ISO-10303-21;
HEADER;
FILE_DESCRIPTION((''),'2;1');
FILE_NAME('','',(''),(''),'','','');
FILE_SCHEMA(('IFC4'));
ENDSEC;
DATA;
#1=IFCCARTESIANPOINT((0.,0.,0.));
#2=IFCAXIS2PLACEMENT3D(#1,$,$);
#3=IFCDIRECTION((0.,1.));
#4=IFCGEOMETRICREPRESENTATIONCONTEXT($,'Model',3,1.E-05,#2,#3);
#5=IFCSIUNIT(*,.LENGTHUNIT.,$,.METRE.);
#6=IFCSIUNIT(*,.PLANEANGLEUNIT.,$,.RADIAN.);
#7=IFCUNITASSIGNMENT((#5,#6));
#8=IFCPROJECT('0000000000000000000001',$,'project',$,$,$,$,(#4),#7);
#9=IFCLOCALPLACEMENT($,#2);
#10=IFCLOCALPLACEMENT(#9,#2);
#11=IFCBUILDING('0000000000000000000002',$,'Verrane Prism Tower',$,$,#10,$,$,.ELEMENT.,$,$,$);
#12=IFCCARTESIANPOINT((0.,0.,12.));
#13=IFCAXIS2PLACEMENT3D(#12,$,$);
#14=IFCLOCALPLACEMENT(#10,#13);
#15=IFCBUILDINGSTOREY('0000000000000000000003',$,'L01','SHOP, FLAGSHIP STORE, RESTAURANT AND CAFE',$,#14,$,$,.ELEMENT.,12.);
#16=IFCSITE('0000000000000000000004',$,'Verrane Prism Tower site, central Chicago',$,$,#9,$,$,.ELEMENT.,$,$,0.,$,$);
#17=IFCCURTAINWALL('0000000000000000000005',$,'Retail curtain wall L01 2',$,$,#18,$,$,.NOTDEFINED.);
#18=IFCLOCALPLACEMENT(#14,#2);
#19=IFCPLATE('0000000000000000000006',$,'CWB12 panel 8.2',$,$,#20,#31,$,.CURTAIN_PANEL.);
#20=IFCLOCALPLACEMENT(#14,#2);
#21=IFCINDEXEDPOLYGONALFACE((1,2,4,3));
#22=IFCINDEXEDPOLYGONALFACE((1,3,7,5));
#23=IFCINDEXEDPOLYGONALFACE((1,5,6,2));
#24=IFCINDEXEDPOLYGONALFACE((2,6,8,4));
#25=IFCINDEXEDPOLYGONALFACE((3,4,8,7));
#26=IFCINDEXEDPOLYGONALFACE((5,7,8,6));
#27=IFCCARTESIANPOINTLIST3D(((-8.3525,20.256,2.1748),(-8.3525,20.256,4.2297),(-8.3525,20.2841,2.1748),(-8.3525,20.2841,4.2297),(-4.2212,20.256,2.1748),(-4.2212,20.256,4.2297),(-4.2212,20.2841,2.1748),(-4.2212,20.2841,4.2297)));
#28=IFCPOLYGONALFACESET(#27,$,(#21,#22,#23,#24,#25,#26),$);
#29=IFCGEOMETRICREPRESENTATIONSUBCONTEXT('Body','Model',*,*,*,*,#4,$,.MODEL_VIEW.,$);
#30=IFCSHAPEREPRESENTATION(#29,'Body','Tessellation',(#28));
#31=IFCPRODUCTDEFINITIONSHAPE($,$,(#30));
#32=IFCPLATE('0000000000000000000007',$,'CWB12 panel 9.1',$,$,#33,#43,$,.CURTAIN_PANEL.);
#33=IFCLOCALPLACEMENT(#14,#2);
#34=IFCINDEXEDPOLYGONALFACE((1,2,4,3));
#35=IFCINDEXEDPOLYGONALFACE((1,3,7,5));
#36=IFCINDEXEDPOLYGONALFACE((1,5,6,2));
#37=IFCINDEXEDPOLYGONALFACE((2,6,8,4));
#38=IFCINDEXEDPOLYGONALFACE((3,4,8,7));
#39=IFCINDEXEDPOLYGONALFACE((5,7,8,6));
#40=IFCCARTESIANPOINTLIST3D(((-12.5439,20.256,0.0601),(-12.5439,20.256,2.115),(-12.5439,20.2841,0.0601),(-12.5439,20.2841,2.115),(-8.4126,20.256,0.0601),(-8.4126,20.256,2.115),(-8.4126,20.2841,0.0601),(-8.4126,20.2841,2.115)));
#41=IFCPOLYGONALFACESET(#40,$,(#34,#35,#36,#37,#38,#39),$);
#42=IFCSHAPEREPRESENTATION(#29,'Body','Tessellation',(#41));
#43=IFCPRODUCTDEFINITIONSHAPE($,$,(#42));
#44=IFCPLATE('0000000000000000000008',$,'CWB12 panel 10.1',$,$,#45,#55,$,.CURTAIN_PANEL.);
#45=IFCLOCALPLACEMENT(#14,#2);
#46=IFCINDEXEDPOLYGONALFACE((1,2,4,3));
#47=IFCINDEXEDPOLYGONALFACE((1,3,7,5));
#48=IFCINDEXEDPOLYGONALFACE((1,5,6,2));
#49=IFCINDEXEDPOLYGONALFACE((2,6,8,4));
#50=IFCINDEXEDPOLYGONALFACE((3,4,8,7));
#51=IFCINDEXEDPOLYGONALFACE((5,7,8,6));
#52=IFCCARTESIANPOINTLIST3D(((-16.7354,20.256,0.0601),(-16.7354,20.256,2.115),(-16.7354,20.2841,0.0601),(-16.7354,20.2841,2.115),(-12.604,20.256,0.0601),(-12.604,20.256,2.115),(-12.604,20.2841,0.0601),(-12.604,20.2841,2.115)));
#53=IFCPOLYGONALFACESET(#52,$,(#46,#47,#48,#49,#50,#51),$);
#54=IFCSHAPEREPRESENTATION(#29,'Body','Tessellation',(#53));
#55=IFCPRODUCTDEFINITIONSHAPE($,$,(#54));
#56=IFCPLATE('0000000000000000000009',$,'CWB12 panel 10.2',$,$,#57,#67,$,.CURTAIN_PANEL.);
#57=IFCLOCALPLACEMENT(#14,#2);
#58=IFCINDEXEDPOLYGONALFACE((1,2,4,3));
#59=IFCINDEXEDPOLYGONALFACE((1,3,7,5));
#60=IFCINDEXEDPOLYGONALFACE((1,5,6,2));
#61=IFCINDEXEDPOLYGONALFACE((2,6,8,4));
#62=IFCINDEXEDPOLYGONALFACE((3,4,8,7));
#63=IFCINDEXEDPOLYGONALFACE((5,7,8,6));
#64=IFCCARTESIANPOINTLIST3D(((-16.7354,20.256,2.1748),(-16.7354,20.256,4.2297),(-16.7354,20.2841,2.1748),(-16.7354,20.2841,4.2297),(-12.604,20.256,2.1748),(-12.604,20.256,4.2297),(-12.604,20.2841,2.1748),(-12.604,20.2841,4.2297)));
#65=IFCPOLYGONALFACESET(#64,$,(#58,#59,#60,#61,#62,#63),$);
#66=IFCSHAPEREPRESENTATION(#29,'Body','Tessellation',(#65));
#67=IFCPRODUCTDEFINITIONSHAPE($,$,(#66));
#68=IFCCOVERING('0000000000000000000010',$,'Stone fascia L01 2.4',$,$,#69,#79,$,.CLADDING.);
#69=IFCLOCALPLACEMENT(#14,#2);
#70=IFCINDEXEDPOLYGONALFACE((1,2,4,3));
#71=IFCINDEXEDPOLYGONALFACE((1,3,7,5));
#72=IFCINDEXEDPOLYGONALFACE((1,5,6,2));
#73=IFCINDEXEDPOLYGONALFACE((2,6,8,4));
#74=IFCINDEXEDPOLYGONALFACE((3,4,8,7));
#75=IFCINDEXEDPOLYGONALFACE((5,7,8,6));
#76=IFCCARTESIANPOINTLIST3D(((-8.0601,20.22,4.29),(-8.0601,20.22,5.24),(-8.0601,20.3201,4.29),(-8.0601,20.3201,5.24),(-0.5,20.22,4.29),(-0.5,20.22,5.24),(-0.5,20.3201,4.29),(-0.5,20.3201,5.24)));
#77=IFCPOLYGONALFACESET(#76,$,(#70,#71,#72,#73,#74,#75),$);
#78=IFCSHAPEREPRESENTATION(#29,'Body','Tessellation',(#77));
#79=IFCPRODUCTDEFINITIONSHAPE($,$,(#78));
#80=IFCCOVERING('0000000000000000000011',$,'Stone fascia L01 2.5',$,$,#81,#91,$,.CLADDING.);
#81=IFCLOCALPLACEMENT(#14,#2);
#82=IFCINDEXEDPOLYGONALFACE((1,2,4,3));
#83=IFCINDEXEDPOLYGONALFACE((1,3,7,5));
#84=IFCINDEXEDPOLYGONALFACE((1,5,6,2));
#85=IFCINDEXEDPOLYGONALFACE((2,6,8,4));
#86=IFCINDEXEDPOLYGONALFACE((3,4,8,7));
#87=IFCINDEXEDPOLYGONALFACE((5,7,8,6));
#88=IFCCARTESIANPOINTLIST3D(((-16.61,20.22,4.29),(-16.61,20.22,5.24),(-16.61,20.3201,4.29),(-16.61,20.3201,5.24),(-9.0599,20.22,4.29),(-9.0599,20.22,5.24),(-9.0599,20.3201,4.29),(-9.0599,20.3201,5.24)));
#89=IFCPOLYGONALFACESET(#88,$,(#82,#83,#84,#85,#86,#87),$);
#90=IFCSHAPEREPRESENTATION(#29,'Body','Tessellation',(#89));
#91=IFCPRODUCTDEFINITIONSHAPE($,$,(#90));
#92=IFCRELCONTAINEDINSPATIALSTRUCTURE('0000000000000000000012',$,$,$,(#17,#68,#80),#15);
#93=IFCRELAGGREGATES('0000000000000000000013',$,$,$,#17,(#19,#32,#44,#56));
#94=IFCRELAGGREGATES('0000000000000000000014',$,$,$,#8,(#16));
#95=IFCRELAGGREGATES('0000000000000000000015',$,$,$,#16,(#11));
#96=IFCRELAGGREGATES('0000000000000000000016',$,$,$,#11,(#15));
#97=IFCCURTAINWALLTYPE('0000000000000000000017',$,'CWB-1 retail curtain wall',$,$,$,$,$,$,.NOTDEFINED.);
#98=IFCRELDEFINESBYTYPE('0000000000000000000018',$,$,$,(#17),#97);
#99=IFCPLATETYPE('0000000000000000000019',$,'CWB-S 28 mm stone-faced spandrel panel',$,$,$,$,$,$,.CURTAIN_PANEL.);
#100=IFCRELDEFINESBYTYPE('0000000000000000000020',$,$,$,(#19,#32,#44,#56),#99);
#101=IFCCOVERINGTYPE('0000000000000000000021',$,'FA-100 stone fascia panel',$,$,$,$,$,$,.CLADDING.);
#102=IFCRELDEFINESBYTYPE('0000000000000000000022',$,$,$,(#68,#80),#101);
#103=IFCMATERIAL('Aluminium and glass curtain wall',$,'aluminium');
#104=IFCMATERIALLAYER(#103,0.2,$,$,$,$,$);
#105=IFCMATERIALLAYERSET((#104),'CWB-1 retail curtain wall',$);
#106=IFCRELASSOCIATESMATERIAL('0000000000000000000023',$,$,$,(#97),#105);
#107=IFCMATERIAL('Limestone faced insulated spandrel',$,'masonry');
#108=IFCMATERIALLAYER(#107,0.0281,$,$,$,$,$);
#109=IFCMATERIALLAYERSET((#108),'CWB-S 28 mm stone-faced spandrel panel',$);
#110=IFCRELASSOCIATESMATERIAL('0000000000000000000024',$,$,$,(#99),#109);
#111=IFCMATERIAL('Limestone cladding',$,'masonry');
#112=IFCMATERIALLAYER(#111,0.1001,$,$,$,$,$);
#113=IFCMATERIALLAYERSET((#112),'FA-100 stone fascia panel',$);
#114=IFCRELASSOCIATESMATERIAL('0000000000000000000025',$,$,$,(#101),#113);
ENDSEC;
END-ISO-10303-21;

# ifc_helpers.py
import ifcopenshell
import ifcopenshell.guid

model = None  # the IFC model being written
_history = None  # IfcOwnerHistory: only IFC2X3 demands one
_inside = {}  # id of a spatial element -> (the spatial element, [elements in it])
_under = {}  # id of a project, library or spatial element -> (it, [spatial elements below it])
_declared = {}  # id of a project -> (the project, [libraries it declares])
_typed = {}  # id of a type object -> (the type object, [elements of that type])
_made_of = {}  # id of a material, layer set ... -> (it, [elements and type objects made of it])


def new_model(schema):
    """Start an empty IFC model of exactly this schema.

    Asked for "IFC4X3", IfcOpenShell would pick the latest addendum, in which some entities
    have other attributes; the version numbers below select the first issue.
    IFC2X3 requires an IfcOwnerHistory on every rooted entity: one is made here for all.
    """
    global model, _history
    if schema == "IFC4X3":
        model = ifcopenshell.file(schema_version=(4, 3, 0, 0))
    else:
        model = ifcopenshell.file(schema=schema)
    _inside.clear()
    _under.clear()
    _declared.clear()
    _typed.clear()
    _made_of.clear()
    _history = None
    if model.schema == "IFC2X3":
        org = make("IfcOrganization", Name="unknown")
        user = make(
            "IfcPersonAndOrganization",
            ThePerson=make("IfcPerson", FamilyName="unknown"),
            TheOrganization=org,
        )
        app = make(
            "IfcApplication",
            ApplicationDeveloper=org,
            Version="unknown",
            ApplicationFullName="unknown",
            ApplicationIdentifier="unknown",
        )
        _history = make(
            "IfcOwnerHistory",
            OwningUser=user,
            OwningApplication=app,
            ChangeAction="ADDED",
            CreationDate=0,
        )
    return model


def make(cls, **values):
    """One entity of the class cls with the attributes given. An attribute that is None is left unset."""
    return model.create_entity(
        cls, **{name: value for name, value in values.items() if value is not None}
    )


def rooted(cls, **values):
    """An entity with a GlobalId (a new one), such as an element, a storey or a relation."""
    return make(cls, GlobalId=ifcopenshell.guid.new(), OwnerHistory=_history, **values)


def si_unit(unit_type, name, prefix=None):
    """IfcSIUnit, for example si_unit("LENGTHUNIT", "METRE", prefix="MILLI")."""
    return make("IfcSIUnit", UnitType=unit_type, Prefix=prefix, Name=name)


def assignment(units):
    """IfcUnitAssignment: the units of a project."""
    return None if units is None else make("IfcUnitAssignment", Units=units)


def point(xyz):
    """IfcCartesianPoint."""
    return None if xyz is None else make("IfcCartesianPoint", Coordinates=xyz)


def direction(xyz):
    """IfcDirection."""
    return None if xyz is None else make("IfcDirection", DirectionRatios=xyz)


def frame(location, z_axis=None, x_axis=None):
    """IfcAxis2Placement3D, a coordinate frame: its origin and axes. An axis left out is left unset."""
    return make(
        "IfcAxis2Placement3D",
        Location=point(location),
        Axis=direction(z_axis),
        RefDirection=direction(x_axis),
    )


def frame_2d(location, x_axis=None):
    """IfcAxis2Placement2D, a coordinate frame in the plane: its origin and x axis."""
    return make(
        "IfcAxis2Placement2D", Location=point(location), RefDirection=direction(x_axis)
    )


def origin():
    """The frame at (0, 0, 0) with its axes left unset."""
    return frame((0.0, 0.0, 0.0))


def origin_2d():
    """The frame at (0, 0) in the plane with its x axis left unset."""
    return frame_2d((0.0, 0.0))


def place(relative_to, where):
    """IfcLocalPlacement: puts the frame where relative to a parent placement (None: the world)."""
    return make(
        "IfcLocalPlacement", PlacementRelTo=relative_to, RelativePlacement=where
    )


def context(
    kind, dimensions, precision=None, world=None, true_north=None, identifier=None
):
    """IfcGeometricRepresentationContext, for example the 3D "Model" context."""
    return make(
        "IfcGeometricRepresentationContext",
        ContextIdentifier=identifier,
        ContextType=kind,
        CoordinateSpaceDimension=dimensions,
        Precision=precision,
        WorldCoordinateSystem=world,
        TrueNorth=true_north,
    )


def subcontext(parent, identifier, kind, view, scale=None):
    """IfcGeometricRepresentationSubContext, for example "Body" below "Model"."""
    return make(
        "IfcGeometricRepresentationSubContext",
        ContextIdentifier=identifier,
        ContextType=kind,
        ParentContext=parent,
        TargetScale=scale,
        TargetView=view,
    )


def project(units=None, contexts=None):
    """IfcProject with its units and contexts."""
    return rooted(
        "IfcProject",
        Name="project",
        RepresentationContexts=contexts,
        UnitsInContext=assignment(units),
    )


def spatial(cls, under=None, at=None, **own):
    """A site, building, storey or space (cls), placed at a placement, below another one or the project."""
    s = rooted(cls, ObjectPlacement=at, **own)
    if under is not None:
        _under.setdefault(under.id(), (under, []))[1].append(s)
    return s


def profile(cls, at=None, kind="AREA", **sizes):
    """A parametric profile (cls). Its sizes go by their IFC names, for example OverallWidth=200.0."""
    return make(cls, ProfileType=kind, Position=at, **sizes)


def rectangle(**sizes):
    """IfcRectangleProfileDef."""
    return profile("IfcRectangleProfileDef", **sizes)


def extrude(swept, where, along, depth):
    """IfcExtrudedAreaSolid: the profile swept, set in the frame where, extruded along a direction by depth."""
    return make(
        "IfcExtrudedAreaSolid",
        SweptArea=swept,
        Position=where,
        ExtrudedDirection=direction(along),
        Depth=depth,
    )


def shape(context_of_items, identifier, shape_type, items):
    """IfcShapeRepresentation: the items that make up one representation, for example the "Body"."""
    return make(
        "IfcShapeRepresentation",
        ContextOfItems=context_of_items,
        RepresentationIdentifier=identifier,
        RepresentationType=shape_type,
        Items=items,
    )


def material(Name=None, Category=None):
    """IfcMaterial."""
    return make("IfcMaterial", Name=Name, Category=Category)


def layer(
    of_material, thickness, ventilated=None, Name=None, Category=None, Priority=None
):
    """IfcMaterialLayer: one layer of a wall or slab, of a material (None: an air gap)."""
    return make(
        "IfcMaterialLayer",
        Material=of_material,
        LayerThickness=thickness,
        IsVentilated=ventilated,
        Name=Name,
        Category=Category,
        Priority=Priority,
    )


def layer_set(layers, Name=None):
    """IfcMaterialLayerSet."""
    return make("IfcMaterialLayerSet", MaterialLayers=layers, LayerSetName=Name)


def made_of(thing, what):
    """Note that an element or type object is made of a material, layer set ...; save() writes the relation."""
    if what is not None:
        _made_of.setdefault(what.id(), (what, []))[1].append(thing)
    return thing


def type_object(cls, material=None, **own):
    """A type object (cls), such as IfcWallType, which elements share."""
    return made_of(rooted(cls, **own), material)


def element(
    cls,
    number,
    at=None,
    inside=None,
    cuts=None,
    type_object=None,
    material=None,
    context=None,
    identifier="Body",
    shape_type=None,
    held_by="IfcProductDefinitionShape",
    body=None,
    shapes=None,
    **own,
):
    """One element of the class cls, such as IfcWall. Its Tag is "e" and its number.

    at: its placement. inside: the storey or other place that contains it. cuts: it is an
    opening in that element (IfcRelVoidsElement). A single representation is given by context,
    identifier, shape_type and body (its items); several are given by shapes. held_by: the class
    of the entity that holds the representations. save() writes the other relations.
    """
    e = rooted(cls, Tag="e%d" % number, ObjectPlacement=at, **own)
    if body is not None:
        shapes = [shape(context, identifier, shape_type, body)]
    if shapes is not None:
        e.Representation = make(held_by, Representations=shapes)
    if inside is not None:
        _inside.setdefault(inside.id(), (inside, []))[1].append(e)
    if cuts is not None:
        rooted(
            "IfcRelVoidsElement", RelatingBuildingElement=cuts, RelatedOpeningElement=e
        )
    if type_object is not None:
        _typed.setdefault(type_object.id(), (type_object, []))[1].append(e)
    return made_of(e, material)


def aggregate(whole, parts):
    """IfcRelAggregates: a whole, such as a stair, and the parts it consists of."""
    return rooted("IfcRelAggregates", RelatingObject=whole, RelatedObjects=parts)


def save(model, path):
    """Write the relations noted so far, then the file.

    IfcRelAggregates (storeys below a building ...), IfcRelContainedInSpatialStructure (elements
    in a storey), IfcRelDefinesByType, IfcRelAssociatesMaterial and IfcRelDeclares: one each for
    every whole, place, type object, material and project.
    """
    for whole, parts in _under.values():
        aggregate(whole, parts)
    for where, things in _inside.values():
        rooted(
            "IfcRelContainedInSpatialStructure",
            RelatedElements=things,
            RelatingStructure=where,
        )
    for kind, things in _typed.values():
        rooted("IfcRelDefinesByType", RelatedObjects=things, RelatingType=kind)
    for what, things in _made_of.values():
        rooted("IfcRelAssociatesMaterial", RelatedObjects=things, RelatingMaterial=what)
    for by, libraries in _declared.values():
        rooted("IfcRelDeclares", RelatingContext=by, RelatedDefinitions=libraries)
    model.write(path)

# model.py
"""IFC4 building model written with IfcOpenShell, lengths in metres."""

from ifc_helpers import new_model, si_unit, direction, frame, origin, origin_2d, place, context, subcontext, project, spatial, rectangle, extrude, material, layer, layer_set, type_object, element, aggregate, save


model = new_model("IFC4")

# Units and contexts
model_context = context("Model", 3, precision=1e-05, world=origin(), true_north=direction((0.0, 1.0)))
body_context = subcontext(model_context, "Body", "Model", "MODEL_VIEW")
ifc_project = project(units=[si_unit("LENGTHUNIT", "METRE"), si_unit("PLANEANGLEUNIT", "RADIAN")], contexts=[model_context])

# Site, building, storey
site_placement = place(None, origin())
site = spatial("IfcSite", under=ifc_project, at=site_placement, Name="Verrane Prism Tower site, central Chicago", CompositionType="ELEMENT", RefElevation=0.0)
building_placement = place(site_placement, origin())
building = spatial("IfcBuilding", under=site, at=building_placement, Name="Verrane Prism Tower", CompositionType="ELEMENT")
storey_placement = place(building_placement, frame((0.0, 0.0, 12.0)))
storey = spatial("IfcBuildingStorey", under=building, at=storey_placement, Name="L01", Description="SHOP, FLAGSHIP STORE, RESTAURANT AND CAFE", CompositionType="ELEMENT", Elevation=12.0)

# Curtain wall
ifc_material_1 = material(Name="Aluminium and glass curtain wall", Category="aluminium")
ifc_layer_1 = layer(ifc_material_1, 0.2)
ifc_layer_set_1 = layer_set([ifc_layer_1], Name="CWB-1 retail curtain wall")
curtain_wall_type = type_object("IfcCurtainWallType", Name="CWB-1 retail curtain wall", PredefinedType="NOTDEFINED", material=ifc_layer_set_1)
curtain_wall_placement = place(storey_placement, origin())
curtain_wall = element("IfcCurtainWall", 1, at=curtain_wall_placement, inside=storey, type_object=curtain_wall_type, Name="Retail curtain wall L01 2", PredefinedType="NOTDEFINED")

# Plates
ifc_material_2 = material(Name="Limestone faced insulated spandrel", Category="masonry")
ifc_layer_2 = layer(ifc_material_2, 0.0281)
ifc_layer_set_2 = layer_set([ifc_layer_2], Name="CWB-S 28 mm stone-faced spandrel panel")
plate_type_1 = type_object("IfcPlateType", Name="CWB-S 28 mm stone-faced spandrel panel", PredefinedType="CURTAIN_PANEL", material=ifc_layer_set_2)
plate_1_placement = place(storey_placement, frame((-6.2869, 20.27, 2.1748), z_axis=(0.0, 0.0, 1.0), x_axis=(-1.0, 0.0, 0.0)))
plate_1 = element("IfcPlate", 2, at=plate_1_placement, type_object=plate_type_1, Name="CWB12 panel 8.2", PredefinedType="CURTAIN_PANEL", context=body_context, shape_type="SweptSolid", body=[
    extrude(rectangle(XDim=4.1313, YDim=0.0281, at=origin_2d()), origin(), (0.0, 0.0, 1.0), 2.0549),
])
plate_2_placement = place(storey_placement, frame((-10.4783, 20.27, 0.0601), z_axis=(0.0, 0.0, 1.0), x_axis=(-1.0, 0.0, 0.0)))
plate_2 = element("IfcPlate", 3, at=plate_2_placement, type_object=plate_type_1, Name="CWB12 panel 9.1", PredefinedType="CURTAIN_PANEL", context=body_context, shape_type="SweptSolid", body=[
    extrude(rectangle(XDim=4.1313, YDim=0.0281, at=origin_2d()), origin(), (0.0, 0.0, 1.0), 2.0549),
])
plate_3_placement = place(storey_placement, frame((-14.6697, 20.27, 0.0601), z_axis=(0.0, 0.0, 1.0), x_axis=(-1.0, 0.0, 0.0)))
plate_3 = element("IfcPlate", 4, at=plate_3_placement, type_object=plate_type_1, Name="CWB12 panel 10.1", PredefinedType="CURTAIN_PANEL", context=body_context, shape_type="SweptSolid", body=[
    extrude(rectangle(XDim=4.1313, YDim=0.0281, at=origin_2d()), origin(), (0.0, 0.0, 1.0), 2.0549),
])
plate_4_placement = place(storey_placement, frame((-14.6697, 20.27, 2.1748), z_axis=(0.0, 0.0, 1.0), x_axis=(-1.0, 0.0, 0.0)))
plate_4 = element("IfcPlate", 5, at=plate_4_placement, type_object=plate_type_1, Name="CWB12 panel 10.2", PredefinedType="CURTAIN_PANEL", context=body_context, shape_type="SweptSolid", body=[
    extrude(rectangle(XDim=4.1313, YDim=0.0281, at=origin_2d()), origin(), (0.0, 0.0, 1.0), 2.0549),
])
aggregate(curtain_wall, [plate_1, plate_2, plate_3, plate_4])

# Coverings
ifc_material_3 = material(Name="Limestone cladding", Category="masonry")
ifc_layer_3 = layer(ifc_material_3, 0.1001)
ifc_layer_set_3 = layer_set([ifc_layer_3], Name="FA-100 stone fascia panel")
covering_type = type_object("IfcCoveringType", Name="FA-100 stone fascia panel", PredefinedType="CLADDING", material=ifc_layer_set_3)
covering_1_placement = place(storey_placement, frame((-4.28, 20.27, 4.29), z_axis=(0.0, 0.0, 1.0), x_axis=(-1.0, 0.0, 0.0)))
element("IfcCovering", 6, at=covering_1_placement, inside=storey, type_object=covering_type, Name="Stone fascia L01 2.4", PredefinedType="CLADDING", context=body_context, shape_type="SweptSolid", body=[
    extrude(rectangle(XDim=7.5601, YDim=0.1001, at=origin_2d()), origin(), (0.0, 0.0, 1.0), 0.95),
])
covering_2_placement = place(storey_placement, frame((-12.835, 20.27, 4.29), z_axis=(0.0, 0.0, 1.0), x_axis=(-1.0, 0.0, 0.0)))
element("IfcCovering", 7, at=covering_2_placement, inside=storey, type_object=covering_type, Name="Stone fascia L01 2.5", PredefinedType="CLADDING", context=body_context, shape_type="SweptSolid", body=[
    extrude(rectangle(XDim=7.55, YDim=0.1001, at=origin_2d()), origin(), (0.0, 0.0, 1.0), 0.95),
])

save(model, "model.ifc")
